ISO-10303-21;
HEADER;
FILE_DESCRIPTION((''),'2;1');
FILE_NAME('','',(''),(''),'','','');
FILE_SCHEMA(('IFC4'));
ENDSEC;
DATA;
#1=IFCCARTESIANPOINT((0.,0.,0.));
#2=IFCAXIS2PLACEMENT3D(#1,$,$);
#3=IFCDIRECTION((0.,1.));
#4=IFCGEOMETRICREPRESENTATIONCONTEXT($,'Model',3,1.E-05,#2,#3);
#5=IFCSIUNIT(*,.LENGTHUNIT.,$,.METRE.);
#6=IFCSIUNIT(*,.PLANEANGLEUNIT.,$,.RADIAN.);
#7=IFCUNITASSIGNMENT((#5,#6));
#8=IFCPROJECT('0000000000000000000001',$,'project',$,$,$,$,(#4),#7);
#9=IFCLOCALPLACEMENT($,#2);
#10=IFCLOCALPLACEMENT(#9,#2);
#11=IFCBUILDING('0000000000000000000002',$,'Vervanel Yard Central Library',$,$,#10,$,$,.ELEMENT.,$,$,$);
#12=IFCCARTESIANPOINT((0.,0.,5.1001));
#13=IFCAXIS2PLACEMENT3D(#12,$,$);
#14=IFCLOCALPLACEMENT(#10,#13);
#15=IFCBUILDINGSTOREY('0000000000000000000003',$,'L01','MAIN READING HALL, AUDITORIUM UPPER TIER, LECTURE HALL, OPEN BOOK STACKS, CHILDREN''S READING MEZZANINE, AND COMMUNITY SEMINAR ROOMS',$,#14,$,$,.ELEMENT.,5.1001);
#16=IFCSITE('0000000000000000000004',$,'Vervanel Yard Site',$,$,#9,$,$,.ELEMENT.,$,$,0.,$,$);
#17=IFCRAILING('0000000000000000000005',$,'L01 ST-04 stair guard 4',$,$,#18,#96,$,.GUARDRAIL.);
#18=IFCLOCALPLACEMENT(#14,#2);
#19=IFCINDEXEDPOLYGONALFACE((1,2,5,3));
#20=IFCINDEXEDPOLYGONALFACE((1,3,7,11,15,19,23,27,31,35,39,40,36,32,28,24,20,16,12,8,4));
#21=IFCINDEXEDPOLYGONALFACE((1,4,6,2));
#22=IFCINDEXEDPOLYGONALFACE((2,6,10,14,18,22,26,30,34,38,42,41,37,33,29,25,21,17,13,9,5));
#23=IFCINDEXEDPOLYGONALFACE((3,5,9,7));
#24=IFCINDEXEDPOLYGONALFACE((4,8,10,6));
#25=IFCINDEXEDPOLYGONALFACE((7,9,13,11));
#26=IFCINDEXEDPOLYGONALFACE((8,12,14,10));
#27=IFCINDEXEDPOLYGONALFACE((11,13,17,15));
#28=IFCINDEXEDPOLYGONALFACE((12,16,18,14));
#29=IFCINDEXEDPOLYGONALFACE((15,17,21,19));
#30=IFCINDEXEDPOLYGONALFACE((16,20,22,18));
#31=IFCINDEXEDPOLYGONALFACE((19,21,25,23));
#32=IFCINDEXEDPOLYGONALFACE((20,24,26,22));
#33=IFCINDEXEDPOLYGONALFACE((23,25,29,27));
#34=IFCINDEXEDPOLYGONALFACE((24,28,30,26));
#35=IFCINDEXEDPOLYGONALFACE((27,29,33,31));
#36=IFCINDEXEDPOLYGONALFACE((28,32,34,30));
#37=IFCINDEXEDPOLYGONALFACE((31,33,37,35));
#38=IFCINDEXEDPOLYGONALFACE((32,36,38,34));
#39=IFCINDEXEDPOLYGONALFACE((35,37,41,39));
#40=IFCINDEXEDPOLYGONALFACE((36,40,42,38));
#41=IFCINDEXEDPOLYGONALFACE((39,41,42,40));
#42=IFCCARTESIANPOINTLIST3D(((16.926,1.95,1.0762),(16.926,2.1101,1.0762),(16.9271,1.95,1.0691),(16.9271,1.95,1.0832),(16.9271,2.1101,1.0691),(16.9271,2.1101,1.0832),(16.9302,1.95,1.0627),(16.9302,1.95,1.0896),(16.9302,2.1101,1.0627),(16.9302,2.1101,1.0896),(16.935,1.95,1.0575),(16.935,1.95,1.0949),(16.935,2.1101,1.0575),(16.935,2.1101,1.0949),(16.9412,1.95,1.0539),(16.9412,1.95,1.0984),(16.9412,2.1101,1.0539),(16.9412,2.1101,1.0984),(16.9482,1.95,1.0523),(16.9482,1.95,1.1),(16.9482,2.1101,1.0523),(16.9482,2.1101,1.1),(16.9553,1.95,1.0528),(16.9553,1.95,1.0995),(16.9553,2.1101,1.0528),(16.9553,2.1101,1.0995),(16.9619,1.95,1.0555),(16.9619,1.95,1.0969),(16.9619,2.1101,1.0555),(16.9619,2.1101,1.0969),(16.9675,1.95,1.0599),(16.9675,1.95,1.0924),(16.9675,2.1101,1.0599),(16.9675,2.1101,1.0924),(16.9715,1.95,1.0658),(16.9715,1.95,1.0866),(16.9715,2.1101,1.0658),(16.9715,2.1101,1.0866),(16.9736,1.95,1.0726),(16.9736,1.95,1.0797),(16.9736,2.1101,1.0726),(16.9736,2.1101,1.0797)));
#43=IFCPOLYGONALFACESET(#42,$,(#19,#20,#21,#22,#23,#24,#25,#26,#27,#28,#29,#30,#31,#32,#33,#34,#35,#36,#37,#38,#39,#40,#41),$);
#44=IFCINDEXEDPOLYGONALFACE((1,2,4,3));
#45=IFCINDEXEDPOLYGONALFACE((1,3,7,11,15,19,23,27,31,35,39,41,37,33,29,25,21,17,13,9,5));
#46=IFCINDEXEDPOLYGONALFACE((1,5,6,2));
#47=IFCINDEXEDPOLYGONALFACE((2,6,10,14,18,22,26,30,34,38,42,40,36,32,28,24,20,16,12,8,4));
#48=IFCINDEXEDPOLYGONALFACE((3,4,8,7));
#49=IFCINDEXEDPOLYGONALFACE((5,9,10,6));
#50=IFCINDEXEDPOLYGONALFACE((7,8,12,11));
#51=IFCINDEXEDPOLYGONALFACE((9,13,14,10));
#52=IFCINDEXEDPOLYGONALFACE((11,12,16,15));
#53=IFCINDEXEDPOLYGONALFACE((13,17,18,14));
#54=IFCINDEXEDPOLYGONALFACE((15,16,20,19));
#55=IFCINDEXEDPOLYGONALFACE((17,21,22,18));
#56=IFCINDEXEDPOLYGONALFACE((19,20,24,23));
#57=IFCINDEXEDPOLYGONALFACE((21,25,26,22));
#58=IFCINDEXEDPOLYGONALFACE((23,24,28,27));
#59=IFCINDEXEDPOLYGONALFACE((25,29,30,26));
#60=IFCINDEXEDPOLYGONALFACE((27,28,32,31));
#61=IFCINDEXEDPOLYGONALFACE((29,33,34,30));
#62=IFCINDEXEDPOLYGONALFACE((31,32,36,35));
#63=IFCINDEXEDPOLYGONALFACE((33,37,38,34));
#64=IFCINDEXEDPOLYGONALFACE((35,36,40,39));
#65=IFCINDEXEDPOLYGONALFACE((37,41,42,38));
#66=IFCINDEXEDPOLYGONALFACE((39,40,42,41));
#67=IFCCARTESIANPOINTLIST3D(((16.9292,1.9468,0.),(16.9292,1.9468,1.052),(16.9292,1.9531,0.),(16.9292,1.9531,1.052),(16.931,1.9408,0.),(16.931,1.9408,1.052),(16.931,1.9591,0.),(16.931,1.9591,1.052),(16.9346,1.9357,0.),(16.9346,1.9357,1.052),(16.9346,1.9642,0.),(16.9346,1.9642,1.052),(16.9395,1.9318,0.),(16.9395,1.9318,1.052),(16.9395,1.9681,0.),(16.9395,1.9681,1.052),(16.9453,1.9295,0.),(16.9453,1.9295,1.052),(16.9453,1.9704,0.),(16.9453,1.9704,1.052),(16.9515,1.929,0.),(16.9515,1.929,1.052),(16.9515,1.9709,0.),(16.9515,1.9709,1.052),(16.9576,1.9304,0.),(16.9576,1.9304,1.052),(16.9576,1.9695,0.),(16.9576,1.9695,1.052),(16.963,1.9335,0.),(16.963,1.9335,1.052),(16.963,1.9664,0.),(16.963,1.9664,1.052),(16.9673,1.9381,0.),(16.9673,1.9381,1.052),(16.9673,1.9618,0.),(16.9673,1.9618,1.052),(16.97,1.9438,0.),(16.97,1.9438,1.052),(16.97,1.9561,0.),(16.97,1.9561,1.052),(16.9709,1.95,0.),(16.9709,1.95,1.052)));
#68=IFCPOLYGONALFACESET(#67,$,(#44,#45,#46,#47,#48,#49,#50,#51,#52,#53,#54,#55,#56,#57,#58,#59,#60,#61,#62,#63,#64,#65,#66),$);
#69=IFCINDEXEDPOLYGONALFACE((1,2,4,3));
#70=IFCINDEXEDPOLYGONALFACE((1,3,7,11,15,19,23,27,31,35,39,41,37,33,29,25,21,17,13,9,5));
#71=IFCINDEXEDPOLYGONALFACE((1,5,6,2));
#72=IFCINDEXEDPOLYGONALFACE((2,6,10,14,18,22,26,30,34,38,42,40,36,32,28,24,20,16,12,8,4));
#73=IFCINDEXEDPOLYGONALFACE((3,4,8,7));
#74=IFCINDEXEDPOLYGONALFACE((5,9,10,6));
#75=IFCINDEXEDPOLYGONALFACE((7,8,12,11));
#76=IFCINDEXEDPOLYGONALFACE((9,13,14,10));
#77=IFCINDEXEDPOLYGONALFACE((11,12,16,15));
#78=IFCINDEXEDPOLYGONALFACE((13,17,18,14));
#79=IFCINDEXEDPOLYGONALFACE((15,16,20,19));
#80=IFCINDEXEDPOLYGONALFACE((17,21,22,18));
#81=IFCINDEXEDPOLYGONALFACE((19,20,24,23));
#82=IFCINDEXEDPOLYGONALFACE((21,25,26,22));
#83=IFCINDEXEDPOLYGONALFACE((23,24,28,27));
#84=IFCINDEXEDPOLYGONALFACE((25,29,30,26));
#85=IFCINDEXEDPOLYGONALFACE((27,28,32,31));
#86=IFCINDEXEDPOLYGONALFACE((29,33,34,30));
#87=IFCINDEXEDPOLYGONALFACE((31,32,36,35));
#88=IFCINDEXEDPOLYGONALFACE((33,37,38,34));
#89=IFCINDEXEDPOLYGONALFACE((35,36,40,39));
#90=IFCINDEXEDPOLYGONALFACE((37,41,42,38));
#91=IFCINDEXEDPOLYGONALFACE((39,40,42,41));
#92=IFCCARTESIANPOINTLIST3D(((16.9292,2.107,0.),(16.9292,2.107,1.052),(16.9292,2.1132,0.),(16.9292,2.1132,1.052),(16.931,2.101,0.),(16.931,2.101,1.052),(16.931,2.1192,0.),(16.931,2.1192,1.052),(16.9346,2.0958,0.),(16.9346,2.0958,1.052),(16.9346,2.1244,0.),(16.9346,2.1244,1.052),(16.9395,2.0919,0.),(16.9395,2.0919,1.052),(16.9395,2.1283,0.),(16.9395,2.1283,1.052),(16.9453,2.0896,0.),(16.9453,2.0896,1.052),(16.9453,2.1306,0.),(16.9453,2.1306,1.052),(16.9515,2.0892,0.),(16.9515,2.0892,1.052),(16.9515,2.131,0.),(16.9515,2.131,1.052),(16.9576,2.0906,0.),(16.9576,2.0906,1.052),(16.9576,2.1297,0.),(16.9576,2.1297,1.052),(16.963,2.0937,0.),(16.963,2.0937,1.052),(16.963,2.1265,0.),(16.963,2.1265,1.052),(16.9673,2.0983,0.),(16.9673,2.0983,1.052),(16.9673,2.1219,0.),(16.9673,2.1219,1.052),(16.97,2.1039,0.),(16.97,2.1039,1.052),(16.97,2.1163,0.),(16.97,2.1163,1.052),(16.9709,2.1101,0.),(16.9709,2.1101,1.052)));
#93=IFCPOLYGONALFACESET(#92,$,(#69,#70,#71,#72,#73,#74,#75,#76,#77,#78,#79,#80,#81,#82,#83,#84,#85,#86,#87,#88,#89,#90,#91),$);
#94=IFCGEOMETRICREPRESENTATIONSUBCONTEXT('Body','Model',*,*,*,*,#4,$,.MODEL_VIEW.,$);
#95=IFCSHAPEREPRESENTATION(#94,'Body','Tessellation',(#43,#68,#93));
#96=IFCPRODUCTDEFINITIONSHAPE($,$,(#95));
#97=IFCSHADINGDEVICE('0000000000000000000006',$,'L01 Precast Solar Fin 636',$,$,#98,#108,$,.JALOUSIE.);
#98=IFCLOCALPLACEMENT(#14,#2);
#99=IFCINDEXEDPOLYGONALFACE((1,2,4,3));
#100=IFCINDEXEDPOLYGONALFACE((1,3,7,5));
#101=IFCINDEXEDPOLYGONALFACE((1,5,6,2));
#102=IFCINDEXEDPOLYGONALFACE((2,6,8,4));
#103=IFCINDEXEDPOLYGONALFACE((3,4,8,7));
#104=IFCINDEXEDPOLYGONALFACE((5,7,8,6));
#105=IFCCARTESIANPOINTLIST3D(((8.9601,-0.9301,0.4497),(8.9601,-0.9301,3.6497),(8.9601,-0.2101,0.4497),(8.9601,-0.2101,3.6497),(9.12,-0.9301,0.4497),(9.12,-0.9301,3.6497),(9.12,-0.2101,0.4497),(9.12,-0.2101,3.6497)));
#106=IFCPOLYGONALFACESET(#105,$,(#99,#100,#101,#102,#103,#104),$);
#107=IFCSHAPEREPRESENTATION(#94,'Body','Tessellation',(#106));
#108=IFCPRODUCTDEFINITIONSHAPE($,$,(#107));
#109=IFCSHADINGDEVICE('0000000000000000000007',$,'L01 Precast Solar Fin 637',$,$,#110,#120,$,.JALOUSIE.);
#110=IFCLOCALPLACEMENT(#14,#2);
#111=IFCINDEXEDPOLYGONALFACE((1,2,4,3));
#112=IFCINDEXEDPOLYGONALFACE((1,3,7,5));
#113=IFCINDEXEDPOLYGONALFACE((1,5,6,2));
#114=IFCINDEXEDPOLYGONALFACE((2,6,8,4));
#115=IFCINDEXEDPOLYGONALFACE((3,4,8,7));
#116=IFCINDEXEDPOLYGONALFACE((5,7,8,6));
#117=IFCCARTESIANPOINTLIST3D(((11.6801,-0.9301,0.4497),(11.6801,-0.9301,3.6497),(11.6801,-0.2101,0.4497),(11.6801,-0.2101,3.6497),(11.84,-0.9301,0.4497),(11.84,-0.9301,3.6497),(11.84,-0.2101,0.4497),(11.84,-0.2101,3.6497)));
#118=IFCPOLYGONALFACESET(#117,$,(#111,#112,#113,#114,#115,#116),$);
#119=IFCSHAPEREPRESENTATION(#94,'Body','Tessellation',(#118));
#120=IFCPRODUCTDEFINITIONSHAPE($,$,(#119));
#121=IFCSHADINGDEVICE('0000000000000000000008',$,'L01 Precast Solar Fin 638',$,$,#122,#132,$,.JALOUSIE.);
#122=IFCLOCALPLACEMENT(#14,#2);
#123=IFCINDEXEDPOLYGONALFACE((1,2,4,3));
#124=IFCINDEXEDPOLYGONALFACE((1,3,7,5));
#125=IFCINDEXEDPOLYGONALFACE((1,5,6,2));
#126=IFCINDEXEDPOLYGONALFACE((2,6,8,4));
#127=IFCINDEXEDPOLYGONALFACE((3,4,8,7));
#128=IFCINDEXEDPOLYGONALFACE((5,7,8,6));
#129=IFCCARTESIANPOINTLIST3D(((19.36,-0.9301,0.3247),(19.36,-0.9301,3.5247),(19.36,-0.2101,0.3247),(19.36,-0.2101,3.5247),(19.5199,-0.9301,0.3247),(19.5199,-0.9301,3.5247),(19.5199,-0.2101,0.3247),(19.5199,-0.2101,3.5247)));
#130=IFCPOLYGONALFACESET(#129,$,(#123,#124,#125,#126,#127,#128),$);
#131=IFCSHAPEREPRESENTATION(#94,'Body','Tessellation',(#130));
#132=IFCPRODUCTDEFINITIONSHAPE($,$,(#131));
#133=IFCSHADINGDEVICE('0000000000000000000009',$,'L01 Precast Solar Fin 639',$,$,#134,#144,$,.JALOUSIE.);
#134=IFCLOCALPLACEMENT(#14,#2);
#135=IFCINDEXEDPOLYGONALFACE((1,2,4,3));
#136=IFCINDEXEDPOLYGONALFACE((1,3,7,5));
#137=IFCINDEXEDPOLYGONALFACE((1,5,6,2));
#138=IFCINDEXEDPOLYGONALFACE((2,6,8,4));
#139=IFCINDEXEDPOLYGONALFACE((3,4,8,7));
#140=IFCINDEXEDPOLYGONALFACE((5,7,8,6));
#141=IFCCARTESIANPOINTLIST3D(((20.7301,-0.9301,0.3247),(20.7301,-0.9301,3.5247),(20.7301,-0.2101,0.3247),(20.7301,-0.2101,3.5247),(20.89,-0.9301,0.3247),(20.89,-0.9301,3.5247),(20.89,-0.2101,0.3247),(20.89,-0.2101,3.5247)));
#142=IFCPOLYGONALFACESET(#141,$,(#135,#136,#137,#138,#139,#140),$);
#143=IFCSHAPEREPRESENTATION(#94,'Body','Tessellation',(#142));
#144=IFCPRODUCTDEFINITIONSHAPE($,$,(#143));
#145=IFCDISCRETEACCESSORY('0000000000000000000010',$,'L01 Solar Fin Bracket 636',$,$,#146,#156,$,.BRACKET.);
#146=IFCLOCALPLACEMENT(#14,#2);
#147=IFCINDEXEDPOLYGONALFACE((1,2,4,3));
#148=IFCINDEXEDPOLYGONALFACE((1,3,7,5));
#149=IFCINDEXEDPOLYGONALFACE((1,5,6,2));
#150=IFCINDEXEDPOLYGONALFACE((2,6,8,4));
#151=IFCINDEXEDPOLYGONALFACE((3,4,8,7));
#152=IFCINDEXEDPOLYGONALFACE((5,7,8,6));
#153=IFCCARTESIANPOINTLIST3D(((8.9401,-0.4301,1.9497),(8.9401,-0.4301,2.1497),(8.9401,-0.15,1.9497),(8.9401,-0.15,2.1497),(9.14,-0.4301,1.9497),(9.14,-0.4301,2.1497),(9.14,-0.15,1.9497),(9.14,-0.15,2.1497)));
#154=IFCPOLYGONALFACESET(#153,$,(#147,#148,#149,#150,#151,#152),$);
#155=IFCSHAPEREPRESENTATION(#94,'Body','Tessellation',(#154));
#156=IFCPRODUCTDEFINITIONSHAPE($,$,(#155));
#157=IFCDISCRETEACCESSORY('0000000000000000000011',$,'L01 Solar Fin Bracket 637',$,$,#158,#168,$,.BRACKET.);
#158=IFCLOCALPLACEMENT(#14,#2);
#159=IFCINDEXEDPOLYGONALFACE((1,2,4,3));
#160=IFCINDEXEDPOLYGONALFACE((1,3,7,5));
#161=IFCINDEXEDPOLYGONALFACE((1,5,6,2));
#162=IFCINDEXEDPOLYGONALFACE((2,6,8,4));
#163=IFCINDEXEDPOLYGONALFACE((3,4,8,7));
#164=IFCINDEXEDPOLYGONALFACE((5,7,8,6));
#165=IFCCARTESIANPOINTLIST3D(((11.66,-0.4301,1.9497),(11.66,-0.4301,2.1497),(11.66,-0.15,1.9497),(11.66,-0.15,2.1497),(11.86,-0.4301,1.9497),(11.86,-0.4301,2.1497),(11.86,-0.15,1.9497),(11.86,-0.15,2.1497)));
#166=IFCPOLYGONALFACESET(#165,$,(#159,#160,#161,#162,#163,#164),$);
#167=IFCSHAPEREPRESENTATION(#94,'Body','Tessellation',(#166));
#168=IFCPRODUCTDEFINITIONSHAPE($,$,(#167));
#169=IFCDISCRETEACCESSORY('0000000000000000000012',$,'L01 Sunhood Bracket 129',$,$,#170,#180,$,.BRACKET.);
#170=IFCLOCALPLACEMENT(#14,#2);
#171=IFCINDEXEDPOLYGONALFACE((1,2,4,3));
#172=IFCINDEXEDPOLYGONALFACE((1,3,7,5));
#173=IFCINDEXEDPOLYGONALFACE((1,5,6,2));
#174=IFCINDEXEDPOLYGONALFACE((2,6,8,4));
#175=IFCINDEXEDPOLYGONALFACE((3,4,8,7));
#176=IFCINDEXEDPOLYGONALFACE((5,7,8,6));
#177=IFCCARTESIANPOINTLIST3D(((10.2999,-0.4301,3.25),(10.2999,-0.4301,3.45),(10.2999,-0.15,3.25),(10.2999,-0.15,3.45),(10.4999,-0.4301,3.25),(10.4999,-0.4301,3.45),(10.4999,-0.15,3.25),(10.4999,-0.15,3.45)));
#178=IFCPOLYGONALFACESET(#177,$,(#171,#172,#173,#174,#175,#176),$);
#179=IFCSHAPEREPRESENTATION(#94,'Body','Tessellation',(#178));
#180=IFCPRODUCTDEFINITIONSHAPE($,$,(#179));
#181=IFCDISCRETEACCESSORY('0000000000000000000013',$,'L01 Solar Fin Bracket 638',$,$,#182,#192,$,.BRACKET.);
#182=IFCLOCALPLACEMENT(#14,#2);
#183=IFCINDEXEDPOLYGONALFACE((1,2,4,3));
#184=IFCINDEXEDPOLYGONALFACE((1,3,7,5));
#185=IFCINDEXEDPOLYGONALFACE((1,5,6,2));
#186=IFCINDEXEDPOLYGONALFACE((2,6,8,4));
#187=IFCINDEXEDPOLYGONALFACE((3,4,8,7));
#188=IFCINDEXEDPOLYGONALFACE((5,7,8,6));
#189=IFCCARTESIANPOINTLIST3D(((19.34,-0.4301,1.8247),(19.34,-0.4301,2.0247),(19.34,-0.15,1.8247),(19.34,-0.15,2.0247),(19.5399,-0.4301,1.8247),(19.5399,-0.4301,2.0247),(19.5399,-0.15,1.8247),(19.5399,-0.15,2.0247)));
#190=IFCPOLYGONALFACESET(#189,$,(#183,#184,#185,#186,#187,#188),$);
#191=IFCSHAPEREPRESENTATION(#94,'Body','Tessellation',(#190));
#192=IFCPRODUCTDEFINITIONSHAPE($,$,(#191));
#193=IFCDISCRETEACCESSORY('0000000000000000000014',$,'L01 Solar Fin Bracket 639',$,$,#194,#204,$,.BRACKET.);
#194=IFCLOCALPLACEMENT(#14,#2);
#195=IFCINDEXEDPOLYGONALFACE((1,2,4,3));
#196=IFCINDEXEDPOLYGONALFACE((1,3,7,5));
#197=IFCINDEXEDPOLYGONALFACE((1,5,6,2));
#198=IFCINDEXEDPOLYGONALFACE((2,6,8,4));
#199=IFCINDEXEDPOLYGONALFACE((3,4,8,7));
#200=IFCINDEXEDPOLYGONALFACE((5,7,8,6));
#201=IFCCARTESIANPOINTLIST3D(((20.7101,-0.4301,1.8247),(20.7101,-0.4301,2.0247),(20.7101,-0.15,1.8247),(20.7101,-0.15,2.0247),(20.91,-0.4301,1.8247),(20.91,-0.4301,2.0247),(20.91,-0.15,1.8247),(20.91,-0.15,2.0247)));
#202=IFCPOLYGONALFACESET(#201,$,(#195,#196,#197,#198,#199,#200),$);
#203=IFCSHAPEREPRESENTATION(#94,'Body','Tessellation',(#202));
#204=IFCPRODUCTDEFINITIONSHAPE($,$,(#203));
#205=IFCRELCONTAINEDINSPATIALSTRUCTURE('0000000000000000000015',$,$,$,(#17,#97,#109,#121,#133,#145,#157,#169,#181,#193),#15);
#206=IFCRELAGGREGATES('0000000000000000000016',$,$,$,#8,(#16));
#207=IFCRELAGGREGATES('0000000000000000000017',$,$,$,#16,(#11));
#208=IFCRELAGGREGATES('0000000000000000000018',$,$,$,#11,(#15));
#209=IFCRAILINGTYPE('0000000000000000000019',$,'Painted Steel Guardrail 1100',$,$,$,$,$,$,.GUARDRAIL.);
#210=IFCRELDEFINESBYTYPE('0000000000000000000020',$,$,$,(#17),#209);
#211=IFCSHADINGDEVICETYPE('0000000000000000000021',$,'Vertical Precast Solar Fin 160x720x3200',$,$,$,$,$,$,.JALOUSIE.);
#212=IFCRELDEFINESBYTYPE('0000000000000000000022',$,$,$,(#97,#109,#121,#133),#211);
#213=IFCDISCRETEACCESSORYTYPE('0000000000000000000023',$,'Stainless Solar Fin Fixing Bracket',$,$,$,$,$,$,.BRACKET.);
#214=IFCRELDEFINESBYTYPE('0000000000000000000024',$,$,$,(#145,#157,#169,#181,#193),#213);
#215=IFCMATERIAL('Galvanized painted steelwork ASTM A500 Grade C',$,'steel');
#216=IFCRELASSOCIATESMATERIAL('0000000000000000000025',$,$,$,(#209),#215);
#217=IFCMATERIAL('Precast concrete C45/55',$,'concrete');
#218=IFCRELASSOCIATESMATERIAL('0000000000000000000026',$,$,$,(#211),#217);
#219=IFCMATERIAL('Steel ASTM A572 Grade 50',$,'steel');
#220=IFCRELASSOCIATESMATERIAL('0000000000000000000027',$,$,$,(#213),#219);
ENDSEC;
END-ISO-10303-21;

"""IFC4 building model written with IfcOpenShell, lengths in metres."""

from ifc_helpers import new_model, si_unit, direction, frame, origin, origin_2d, place, context, subcontext, project, spatial, rectangle, circle, extrude, material, type_object, element, save


model = new_model("IFC4")

# Units and contexts
model_context = context("Model", 3, precision=1e-05, world=origin(), true_north=direction((0.0, 1.0)))
body_context = subcontext(model_context, "Body", "Model", "MODEL_VIEW")
ifc_project = project(units=[si_unit("LENGTHUNIT", "METRE"), si_unit("PLANEANGLEUNIT", "RADIAN")], contexts=[model_context])

# Site, building, storey
site_placement = place(None, origin())
site = spatial("IfcSite", under=ifc_project, at=site_placement, Name="Vervanel Yard Site", CompositionType="ELEMENT", RefElevation=0.0)
building_placement = place(site_placement, origin())
building = spatial("IfcBuilding", under=site, at=building_placement, Name="Vervanel Yard Central Library", CompositionType="ELEMENT")
storey_placement = place(building_placement, frame((0.0, 0.0, 5.1001)))
storey = spatial("IfcBuildingStorey", under=building, at=storey_placement, Name="L01", Description="MAIN READING HALL, AUDITORIUM UPPER TIER, LECTURE HALL, OPEN BOOK STACKS, CHILDREN'S READING MEZZANINE, AND COMMUNITY SEMINAR ROOMS", CompositionType="ELEMENT", Elevation=5.1001)

# Shared definitions
ifc_material_1 = material(Name="Precast concrete C45/55", Category="concrete")

# Railing
ifc_material_2 = material(Name="Galvanized painted steelwork ASTM A500 Grade C", Category="steel")
railing_type_1 = type_object("IfcRailingType", Name="Painted Steel Guardrail 1100", PredefinedType="GUARDRAIL", material=ifc_material_2)
railing_1_placement = place(storey_placement, frame((16.95, 1.95, 0.0)))
element("IfcRailing", 1, at=railing_1_placement, inside=storey, type_object=railing_type_1, Name="L01 ST-04 stair guard 4", PredefinedType="GUARDRAIL", context=body_context, shape_type="SweptSolid", body=[
    extrude(circle(Radius=0.0239, at=origin_2d()), frame((0.0, 0.0, 1.0762), z_axis=(0.0, 1.0, 0.0), x_axis=(-1.0, 0.0, 0.0)), (0.0, 0.0, 1.0), 0.1602),
    extrude(circle(Radius=0.021, at=origin_2d()), origin(), (0.0, 0.0, 1.0), 1.052),
    extrude(circle(Radius=0.021, at=origin_2d()), frame((0.0, 0.1602, 0.0)), (0.0, 0.0, 1.0), 1.052),
])

# Shading devices
shading_device_type_1 = type_object("IfcShadingDeviceType", Name="Vertical Precast Solar Fin 160x720x3200", PredefinedType="JALOUSIE", material=ifc_material_1)
for number, where, z_axis, x_axis, name in (
    (2, (9.04, -0.5701, 0.4497), (0.0, 0.0, 1.0), (1.0, 0.0, 0.0), "L01 Precast Solar Fin 636"),
    (3, (11.76, -0.5701, 0.4497), (0.0, 0.0, 1.0), (1.0, 0.0, 0.0), "L01 Precast Solar Fin 637"),
    (4, (19.4399, -0.5701, 0.3247), (0.0, 0.0, 1.0), (1.0, 0.0, 0.0), "L01 Precast Solar Fin 638"),
    (5, (20.8101, -0.5701, 0.3247), (0.0, 0.0, 1.0), (1.0, 0.0, 0.0), "L01 Precast Solar Fin 639"),
):
    element("IfcShadingDevice", number, at=place(storey_placement, frame(where, z_axis=z_axis, x_axis=x_axis)), inside=storey, type_object=shading_device_type_1, Name=name, PredefinedType="JALOUSIE", context=body_context, shape_type="SweptSolid", body=[
        extrude(rectangle(XDim=0.1599, YDim=0.72, at=origin_2d()), origin(), (0.0, 0.0, 1.0), 3.2),
    ])

# Discrete accessories
ifc_material_3 = material(Name="Steel ASTM A572 Grade 50", Category="steel")
discrete_accessory_type = type_object("IfcDiscreteAccessoryType", Name="Stainless Solar Fin Fixing Bracket", PredefinedType="BRACKET", material=ifc_material_3)
for number, where, z_axis, x_axis, name in (
    (6, (9.04, -0.29, 1.9497), (0.0, 0.0, 1.0), (1.0, 0.0, 0.0), "L01 Solar Fin Bracket 636"),
    (7, (11.76, -0.29, 1.9497), (0.0, 0.0, 1.0), (1.0, 0.0, 0.0), "L01 Solar Fin Bracket 637"),
    (8, (10.3999, -0.29, 3.25), (0.0, 0.0, 1.0), (1.0, 0.0, 0.0), "L01 Sunhood Bracket 129"),
    (9, (19.4399, -0.29, 1.8247), (0.0, 0.0, 1.0), (1.0, 0.0, 0.0), "L01 Solar Fin Bracket 638"),
    (10, (20.8101, -0.29, 1.8247), (0.0, 0.0, 1.0), (1.0, 0.0, 0.0), "L01 Solar Fin Bracket 639"),
):
    element("IfcDiscreteAccessory", number, at=place(storey_placement, frame(where, z_axis=z_axis, x_axis=x_axis)), inside=storey, type_object=discrete_accessory_type, Name=name, PredefinedType="BRACKET", context=body_context, shape_type="SweptSolid", body=[
        extrude(rectangle(XDim=0.2, YDim=0.28, at=origin_2d()), origin(), (0.0, 0.0, 1.0), 0.2),
    ])

save(model, "model.ifc")
